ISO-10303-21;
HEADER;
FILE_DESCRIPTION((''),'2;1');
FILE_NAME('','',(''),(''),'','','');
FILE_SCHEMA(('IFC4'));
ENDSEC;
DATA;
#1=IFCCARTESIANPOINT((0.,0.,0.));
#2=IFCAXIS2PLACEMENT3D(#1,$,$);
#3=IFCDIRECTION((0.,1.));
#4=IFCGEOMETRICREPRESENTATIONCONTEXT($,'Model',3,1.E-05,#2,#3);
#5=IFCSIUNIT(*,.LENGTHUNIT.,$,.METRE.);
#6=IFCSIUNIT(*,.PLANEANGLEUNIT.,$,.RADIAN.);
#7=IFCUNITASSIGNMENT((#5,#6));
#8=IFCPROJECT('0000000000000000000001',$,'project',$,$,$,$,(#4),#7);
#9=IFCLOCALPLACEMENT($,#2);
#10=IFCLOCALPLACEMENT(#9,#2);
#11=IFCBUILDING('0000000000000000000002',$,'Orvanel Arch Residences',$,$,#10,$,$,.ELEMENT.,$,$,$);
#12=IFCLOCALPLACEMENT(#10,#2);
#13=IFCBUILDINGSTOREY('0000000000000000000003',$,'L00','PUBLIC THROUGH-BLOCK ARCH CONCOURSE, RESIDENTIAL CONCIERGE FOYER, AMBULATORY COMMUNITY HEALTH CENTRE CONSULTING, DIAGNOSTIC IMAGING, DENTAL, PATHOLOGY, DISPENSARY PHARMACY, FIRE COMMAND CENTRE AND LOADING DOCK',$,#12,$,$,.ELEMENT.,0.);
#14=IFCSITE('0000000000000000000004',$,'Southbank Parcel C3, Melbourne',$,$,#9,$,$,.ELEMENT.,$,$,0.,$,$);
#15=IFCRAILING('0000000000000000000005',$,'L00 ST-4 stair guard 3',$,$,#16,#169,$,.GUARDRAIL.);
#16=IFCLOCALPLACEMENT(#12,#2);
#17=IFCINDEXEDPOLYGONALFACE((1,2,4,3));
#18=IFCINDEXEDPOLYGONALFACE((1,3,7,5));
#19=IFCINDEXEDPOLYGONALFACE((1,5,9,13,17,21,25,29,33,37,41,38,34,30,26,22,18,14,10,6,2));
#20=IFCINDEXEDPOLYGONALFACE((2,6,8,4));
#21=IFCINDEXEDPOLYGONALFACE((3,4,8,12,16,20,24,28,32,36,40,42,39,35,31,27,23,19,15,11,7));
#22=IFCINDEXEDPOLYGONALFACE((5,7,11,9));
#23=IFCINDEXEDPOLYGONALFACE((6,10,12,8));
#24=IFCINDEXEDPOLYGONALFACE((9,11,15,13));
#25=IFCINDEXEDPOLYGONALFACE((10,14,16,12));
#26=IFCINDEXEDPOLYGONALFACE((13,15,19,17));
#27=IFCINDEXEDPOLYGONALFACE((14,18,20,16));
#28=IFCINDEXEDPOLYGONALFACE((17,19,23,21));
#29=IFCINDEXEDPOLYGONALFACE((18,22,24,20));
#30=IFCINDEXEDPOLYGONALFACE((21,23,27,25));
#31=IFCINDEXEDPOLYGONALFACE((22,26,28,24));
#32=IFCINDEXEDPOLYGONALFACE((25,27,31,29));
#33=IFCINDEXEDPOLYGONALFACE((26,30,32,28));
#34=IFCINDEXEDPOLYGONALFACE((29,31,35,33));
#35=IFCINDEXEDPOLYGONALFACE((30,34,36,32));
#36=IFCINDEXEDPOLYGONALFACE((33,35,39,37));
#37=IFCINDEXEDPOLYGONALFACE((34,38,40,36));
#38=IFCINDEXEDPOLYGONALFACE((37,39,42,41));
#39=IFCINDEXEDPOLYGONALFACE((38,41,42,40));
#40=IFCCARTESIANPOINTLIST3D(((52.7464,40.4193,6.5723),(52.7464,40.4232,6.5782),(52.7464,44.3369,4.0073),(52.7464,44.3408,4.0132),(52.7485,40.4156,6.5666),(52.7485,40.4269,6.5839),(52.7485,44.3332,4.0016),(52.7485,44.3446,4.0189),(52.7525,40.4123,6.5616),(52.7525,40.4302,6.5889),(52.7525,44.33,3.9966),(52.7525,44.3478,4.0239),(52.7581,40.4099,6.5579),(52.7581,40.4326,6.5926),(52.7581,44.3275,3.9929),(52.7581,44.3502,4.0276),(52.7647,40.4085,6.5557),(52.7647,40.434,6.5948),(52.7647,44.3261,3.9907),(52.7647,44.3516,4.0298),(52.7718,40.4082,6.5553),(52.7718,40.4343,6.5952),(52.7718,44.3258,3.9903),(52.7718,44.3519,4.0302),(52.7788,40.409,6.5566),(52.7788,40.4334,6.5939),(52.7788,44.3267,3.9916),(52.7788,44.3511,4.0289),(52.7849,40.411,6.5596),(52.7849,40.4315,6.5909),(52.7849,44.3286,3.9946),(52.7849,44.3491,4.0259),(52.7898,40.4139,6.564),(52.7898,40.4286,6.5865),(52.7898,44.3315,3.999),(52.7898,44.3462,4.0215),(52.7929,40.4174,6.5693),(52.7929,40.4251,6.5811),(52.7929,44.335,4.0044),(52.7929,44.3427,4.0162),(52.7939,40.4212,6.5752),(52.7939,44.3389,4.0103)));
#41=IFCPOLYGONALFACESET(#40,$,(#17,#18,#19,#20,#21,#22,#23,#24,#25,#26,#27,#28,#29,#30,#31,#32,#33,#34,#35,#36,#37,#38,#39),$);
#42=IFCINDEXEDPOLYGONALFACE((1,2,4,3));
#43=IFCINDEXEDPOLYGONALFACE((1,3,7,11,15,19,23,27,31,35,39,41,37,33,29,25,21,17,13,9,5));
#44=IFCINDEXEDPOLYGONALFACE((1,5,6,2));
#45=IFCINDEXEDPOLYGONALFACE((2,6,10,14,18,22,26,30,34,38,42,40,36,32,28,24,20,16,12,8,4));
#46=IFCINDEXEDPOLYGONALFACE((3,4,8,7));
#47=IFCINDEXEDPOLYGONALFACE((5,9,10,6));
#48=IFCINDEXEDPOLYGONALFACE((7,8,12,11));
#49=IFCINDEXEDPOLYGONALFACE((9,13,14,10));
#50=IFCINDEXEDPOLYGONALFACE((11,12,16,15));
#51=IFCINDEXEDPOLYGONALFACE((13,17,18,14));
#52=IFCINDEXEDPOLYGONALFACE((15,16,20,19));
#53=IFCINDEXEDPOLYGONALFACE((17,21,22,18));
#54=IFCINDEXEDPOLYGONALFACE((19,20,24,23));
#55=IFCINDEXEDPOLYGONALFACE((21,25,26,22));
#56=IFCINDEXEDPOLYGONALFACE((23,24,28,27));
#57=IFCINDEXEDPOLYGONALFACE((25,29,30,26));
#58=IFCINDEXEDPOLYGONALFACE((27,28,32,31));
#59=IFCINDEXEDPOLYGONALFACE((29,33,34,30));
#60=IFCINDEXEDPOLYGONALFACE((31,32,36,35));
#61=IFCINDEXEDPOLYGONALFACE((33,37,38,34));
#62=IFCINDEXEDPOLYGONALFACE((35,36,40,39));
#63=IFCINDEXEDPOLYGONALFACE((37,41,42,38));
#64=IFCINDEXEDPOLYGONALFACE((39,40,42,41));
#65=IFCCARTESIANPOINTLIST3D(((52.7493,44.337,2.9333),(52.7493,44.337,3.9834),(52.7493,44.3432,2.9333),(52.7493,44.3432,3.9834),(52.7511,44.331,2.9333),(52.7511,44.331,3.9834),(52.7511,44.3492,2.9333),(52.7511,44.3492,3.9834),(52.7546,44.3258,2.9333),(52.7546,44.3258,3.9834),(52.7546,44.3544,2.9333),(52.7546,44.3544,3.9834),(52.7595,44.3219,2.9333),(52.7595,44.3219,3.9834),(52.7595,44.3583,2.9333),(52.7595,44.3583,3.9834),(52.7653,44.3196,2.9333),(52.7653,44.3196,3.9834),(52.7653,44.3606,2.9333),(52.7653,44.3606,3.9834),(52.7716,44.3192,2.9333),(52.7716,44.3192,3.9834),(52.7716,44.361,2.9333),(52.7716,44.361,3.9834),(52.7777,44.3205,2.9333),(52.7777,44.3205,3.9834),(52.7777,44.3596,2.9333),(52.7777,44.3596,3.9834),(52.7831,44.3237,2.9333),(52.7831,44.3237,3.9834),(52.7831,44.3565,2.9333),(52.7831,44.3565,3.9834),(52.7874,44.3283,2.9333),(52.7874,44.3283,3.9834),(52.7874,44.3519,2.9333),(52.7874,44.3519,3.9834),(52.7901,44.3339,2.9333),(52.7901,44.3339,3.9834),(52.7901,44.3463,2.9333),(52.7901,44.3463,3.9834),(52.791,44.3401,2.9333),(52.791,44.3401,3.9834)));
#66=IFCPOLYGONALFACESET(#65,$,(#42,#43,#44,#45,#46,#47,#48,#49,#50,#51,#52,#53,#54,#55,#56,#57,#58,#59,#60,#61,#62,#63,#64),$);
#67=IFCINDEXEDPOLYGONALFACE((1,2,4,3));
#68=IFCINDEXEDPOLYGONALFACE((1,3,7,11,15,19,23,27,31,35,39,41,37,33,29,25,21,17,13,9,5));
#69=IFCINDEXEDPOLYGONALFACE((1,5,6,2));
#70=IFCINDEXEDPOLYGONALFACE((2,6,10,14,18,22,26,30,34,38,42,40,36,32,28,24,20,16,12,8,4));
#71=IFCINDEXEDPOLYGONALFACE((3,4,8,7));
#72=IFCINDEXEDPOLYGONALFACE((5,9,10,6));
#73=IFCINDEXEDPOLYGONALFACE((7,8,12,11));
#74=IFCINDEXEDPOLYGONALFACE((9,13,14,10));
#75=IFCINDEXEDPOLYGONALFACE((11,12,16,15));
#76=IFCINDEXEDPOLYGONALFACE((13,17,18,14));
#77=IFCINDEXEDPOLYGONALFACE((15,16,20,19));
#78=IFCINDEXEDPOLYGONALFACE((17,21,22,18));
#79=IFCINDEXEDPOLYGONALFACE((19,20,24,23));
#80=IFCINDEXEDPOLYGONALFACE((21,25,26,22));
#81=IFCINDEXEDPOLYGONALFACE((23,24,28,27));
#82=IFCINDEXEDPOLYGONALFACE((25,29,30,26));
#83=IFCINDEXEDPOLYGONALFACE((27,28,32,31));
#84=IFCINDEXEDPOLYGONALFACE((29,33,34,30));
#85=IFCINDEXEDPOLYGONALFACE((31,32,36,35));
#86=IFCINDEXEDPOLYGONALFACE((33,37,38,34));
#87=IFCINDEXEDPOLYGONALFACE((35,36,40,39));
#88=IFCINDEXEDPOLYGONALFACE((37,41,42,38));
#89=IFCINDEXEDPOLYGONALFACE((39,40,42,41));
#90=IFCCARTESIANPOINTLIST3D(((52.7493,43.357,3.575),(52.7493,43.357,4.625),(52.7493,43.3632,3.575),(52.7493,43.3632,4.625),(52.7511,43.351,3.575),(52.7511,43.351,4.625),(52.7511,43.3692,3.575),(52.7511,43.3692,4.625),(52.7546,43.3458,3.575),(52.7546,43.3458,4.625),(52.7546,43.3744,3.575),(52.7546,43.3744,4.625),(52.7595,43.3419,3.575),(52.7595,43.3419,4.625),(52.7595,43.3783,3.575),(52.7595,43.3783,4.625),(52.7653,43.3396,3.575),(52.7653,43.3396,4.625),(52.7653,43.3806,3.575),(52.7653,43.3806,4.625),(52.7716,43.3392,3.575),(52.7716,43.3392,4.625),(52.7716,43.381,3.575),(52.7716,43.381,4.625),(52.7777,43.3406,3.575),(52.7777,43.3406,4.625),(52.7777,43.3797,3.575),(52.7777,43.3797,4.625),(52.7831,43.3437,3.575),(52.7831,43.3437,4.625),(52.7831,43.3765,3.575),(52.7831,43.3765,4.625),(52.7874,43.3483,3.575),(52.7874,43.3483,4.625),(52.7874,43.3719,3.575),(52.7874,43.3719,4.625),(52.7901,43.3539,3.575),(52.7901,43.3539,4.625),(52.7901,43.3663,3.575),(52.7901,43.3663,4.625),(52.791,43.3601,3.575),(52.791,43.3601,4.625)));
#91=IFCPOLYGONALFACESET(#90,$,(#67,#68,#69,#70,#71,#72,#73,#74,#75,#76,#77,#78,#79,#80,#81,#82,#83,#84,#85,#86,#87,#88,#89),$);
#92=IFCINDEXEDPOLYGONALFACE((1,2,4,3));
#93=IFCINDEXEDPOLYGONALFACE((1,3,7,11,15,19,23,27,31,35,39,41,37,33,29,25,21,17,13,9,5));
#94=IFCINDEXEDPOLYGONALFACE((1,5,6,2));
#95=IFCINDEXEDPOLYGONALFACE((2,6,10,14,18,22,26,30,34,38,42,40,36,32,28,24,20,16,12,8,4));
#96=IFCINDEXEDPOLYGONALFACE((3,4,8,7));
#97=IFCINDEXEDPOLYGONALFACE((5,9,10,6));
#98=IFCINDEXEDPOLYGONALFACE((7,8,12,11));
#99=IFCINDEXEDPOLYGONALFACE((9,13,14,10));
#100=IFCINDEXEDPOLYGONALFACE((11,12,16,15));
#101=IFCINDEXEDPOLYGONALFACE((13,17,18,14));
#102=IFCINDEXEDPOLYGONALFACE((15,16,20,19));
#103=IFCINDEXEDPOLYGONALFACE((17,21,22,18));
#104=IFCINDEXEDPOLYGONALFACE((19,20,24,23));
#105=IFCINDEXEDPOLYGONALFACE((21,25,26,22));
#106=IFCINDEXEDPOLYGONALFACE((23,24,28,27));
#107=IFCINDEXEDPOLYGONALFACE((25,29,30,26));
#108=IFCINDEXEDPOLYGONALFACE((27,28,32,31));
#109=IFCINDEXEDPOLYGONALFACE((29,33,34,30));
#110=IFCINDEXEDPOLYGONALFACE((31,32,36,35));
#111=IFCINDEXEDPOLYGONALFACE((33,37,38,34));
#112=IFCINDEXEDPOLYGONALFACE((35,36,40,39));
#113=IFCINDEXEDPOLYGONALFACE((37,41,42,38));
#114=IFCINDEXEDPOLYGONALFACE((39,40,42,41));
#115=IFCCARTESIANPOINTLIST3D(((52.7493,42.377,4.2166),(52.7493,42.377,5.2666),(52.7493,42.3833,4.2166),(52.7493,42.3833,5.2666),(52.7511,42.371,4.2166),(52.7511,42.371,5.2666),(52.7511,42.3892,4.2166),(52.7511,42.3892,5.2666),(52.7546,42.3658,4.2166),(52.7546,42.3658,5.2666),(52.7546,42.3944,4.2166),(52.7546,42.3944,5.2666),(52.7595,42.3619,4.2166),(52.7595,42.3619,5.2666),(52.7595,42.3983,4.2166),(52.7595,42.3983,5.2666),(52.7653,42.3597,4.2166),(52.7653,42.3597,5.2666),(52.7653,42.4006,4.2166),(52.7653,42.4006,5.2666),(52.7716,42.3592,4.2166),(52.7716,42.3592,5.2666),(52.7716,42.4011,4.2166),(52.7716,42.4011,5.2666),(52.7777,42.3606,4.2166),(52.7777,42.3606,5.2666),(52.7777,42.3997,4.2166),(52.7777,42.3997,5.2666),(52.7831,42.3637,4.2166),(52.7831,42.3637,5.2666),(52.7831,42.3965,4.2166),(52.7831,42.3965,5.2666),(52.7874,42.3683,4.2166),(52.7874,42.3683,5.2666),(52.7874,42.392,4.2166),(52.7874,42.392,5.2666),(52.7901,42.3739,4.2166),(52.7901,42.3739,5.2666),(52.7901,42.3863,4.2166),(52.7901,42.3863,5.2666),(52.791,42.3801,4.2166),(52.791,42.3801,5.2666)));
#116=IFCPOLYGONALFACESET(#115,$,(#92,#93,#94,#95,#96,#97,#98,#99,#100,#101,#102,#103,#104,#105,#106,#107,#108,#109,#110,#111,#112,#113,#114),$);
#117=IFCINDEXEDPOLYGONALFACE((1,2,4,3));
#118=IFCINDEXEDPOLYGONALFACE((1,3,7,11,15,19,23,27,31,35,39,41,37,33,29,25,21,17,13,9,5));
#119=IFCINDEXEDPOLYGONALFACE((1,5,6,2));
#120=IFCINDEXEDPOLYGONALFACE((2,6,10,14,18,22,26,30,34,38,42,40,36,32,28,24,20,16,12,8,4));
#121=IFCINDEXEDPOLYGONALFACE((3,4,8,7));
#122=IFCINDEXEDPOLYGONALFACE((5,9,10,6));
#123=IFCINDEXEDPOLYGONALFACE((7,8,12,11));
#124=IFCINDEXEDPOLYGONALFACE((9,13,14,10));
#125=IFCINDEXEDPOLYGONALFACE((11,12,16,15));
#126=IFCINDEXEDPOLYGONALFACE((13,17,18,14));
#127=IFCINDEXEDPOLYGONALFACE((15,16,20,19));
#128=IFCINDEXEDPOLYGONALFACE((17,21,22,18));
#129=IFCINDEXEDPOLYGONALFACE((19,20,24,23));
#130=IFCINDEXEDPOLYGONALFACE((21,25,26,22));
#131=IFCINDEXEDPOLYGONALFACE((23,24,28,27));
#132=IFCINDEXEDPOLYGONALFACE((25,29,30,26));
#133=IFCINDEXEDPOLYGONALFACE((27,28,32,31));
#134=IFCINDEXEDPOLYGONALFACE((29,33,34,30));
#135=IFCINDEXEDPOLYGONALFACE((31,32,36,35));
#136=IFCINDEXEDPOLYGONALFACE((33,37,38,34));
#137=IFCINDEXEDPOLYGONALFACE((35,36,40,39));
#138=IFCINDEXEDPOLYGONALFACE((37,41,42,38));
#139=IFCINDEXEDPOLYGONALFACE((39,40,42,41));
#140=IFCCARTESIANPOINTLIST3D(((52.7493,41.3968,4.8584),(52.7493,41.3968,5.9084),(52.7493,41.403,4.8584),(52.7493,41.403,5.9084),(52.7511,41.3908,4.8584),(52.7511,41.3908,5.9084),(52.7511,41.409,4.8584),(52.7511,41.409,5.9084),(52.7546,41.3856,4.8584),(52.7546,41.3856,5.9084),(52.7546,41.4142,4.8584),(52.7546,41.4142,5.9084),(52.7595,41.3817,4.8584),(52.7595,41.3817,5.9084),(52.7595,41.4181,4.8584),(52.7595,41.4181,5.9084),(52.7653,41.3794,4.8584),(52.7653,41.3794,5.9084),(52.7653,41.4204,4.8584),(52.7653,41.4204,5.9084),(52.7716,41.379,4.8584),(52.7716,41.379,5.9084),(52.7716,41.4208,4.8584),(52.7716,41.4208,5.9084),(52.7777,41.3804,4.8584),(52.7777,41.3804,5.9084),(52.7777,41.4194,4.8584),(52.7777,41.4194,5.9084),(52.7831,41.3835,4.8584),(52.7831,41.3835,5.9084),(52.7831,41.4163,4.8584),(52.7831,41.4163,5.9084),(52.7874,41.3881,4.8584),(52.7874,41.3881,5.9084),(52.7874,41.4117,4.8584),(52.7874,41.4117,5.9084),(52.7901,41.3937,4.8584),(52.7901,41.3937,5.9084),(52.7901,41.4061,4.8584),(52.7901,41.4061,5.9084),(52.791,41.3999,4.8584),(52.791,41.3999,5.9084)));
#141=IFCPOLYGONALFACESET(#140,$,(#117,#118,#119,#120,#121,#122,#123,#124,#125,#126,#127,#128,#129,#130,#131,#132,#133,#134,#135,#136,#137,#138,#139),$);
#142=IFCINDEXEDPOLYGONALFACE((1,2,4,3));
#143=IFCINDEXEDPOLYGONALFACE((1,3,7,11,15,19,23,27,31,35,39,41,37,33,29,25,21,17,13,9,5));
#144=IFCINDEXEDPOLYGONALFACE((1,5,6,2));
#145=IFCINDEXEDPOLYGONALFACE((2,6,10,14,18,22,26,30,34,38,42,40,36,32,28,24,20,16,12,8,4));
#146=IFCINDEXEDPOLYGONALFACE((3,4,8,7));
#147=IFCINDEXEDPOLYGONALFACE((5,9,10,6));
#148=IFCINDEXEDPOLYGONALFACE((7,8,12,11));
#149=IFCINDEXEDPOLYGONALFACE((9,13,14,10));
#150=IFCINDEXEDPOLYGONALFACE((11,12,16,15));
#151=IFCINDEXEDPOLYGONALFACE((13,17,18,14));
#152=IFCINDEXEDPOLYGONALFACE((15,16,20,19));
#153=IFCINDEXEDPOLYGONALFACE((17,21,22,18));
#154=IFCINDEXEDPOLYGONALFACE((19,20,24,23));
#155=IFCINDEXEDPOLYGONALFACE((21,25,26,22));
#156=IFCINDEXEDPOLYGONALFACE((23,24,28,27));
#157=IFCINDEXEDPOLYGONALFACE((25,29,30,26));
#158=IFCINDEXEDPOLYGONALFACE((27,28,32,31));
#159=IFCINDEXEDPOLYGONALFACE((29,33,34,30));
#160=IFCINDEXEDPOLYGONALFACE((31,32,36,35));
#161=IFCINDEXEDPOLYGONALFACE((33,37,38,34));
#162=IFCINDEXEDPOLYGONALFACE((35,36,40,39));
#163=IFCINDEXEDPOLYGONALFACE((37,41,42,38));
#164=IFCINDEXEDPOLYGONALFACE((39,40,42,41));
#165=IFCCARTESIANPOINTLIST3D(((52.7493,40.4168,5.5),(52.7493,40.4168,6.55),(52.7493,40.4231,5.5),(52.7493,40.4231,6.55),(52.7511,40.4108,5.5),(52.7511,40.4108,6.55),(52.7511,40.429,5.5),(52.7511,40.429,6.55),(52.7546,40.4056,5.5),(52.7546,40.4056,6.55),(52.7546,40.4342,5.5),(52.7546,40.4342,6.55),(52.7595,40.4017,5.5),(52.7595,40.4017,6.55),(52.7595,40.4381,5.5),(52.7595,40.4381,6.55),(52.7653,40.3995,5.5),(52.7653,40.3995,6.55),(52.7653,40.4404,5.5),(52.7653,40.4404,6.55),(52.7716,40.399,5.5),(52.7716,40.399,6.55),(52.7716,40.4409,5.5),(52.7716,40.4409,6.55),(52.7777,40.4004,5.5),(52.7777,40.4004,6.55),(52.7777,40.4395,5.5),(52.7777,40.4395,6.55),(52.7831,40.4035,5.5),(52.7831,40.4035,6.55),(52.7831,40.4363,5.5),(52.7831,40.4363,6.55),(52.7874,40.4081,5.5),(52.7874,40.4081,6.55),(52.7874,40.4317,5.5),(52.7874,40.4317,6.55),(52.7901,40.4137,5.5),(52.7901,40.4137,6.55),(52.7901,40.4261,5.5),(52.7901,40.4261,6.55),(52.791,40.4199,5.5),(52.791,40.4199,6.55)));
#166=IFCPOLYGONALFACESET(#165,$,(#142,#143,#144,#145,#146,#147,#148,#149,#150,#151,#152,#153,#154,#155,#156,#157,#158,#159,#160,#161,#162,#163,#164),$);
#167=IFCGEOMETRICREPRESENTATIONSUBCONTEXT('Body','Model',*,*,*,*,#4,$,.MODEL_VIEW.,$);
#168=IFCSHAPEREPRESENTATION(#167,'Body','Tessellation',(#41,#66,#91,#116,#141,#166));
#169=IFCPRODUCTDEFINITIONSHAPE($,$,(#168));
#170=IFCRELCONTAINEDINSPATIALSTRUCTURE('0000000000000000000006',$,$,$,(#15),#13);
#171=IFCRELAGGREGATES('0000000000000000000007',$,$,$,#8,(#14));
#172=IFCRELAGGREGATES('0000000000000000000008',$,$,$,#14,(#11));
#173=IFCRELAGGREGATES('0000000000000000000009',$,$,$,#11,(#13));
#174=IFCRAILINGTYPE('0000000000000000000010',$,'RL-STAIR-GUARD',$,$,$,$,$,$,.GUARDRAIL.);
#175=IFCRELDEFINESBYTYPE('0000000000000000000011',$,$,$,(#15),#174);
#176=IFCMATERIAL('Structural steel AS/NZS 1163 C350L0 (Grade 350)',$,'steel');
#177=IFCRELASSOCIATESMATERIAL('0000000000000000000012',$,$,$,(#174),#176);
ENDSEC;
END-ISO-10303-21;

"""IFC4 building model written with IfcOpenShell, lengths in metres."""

from ifc_helpers import new_model, si_unit, direction, frame, origin, origin_2d, place, context, subcontext, project, spatial, circle, extrude, material, type_object, element, save


model = new_model("IFC4")

# Units and contexts
model_context = context("Model", 3, precision=1e-05, world=origin(), true_north=direction((0.0, 1.0)))
body_context = subcontext(model_context, "Body", "Model", "MODEL_VIEW")
ifc_project = project(units=[si_unit("LENGTHUNIT", "METRE"), si_unit("PLANEANGLEUNIT", "RADIAN")], contexts=[model_context])

# Site, building, storey
site_placement = place(None, origin())
site = spatial("IfcSite", under=ifc_project, at=site_placement, Name="Southbank Parcel C3, Melbourne", CompositionType="ELEMENT", RefElevation=0.0)
building_placement = place(site_placement, origin())
building = spatial("IfcBuilding", under=site, at=building_placement, Name="Orvanel Arch Residences", CompositionType="ELEMENT")
storey_placement = place(building_placement, origin())
storey = spatial("IfcBuildingStorey", under=building, at=storey_placement, Name="L00", Description="PUBLIC THROUGH-BLOCK ARCH CONCOURSE, RESIDENTIAL CONCIERGE FOYER, AMBULATORY COMMUNITY HEALTH CENTRE CONSULTING, DIAGNOSTIC IMAGING, DENTAL, PATHOLOGY, DISPENSARY PHARMACY, FIRE COMMAND CENTRE AND LOADING DOCK", CompositionType="ELEMENT", Elevation=0.0)

# Railing
ifc_material_1 = material(Name="Structural steel AS/NZS 1163 C350L0 (Grade 350)", Category="steel")
railing_type_1 = type_object("IfcRailingType", Name="RL-STAIR-GUARD", PredefinedType="GUARDRAIL", material=ifc_material_1)
railing_1_placement = place(storey_placement, frame((52.77, 44.3401, 2.9333)))
element("IfcRailing", 1, at=railing_1_placement, inside=storey, type_object=railing_type_1, Name="L00 ST-4 stair guard 3", PredefinedType="GUARDRAIL", context=body_context, shape_type="SweptSolid", body=[
    extrude(circle(Radius=0.0239, at=origin_2d()), frame((0.0, -0.0012, 1.0769), z_axis=(0.0, -0.836631, 0.547767), x_axis=(1.0, 0.0, 0.0)), (0.0, 0.0, 1.0), 4.6826),
    extrude(circle(Radius=0.021, at=origin_2d()), origin(), (0.0, 0.0, 1.0), 1.05),
    extrude(circle(Radius=0.021, at=origin_2d()), frame((0.0, -0.98, 0.6416)), (0.0, 0.0, 1.0), 1.05),
    extrude(circle(Radius=0.021, at=origin_2d()), frame((0.0, -1.96, 1.2832)), (0.0, 0.0, 1.0), 1.05),
    extrude(circle(Radius=0.021, at=origin_2d()), frame((0.0, -2.9402, 1.925)), (0.0, 0.0, 1.0), 1.05),
    extrude(circle(Radius=0.021, at=origin_2d()), frame((0.0, -3.9202, 2.5667)), (0.0, 0.0, 1.0), 1.05),
])

save(model, "model.ifc")
